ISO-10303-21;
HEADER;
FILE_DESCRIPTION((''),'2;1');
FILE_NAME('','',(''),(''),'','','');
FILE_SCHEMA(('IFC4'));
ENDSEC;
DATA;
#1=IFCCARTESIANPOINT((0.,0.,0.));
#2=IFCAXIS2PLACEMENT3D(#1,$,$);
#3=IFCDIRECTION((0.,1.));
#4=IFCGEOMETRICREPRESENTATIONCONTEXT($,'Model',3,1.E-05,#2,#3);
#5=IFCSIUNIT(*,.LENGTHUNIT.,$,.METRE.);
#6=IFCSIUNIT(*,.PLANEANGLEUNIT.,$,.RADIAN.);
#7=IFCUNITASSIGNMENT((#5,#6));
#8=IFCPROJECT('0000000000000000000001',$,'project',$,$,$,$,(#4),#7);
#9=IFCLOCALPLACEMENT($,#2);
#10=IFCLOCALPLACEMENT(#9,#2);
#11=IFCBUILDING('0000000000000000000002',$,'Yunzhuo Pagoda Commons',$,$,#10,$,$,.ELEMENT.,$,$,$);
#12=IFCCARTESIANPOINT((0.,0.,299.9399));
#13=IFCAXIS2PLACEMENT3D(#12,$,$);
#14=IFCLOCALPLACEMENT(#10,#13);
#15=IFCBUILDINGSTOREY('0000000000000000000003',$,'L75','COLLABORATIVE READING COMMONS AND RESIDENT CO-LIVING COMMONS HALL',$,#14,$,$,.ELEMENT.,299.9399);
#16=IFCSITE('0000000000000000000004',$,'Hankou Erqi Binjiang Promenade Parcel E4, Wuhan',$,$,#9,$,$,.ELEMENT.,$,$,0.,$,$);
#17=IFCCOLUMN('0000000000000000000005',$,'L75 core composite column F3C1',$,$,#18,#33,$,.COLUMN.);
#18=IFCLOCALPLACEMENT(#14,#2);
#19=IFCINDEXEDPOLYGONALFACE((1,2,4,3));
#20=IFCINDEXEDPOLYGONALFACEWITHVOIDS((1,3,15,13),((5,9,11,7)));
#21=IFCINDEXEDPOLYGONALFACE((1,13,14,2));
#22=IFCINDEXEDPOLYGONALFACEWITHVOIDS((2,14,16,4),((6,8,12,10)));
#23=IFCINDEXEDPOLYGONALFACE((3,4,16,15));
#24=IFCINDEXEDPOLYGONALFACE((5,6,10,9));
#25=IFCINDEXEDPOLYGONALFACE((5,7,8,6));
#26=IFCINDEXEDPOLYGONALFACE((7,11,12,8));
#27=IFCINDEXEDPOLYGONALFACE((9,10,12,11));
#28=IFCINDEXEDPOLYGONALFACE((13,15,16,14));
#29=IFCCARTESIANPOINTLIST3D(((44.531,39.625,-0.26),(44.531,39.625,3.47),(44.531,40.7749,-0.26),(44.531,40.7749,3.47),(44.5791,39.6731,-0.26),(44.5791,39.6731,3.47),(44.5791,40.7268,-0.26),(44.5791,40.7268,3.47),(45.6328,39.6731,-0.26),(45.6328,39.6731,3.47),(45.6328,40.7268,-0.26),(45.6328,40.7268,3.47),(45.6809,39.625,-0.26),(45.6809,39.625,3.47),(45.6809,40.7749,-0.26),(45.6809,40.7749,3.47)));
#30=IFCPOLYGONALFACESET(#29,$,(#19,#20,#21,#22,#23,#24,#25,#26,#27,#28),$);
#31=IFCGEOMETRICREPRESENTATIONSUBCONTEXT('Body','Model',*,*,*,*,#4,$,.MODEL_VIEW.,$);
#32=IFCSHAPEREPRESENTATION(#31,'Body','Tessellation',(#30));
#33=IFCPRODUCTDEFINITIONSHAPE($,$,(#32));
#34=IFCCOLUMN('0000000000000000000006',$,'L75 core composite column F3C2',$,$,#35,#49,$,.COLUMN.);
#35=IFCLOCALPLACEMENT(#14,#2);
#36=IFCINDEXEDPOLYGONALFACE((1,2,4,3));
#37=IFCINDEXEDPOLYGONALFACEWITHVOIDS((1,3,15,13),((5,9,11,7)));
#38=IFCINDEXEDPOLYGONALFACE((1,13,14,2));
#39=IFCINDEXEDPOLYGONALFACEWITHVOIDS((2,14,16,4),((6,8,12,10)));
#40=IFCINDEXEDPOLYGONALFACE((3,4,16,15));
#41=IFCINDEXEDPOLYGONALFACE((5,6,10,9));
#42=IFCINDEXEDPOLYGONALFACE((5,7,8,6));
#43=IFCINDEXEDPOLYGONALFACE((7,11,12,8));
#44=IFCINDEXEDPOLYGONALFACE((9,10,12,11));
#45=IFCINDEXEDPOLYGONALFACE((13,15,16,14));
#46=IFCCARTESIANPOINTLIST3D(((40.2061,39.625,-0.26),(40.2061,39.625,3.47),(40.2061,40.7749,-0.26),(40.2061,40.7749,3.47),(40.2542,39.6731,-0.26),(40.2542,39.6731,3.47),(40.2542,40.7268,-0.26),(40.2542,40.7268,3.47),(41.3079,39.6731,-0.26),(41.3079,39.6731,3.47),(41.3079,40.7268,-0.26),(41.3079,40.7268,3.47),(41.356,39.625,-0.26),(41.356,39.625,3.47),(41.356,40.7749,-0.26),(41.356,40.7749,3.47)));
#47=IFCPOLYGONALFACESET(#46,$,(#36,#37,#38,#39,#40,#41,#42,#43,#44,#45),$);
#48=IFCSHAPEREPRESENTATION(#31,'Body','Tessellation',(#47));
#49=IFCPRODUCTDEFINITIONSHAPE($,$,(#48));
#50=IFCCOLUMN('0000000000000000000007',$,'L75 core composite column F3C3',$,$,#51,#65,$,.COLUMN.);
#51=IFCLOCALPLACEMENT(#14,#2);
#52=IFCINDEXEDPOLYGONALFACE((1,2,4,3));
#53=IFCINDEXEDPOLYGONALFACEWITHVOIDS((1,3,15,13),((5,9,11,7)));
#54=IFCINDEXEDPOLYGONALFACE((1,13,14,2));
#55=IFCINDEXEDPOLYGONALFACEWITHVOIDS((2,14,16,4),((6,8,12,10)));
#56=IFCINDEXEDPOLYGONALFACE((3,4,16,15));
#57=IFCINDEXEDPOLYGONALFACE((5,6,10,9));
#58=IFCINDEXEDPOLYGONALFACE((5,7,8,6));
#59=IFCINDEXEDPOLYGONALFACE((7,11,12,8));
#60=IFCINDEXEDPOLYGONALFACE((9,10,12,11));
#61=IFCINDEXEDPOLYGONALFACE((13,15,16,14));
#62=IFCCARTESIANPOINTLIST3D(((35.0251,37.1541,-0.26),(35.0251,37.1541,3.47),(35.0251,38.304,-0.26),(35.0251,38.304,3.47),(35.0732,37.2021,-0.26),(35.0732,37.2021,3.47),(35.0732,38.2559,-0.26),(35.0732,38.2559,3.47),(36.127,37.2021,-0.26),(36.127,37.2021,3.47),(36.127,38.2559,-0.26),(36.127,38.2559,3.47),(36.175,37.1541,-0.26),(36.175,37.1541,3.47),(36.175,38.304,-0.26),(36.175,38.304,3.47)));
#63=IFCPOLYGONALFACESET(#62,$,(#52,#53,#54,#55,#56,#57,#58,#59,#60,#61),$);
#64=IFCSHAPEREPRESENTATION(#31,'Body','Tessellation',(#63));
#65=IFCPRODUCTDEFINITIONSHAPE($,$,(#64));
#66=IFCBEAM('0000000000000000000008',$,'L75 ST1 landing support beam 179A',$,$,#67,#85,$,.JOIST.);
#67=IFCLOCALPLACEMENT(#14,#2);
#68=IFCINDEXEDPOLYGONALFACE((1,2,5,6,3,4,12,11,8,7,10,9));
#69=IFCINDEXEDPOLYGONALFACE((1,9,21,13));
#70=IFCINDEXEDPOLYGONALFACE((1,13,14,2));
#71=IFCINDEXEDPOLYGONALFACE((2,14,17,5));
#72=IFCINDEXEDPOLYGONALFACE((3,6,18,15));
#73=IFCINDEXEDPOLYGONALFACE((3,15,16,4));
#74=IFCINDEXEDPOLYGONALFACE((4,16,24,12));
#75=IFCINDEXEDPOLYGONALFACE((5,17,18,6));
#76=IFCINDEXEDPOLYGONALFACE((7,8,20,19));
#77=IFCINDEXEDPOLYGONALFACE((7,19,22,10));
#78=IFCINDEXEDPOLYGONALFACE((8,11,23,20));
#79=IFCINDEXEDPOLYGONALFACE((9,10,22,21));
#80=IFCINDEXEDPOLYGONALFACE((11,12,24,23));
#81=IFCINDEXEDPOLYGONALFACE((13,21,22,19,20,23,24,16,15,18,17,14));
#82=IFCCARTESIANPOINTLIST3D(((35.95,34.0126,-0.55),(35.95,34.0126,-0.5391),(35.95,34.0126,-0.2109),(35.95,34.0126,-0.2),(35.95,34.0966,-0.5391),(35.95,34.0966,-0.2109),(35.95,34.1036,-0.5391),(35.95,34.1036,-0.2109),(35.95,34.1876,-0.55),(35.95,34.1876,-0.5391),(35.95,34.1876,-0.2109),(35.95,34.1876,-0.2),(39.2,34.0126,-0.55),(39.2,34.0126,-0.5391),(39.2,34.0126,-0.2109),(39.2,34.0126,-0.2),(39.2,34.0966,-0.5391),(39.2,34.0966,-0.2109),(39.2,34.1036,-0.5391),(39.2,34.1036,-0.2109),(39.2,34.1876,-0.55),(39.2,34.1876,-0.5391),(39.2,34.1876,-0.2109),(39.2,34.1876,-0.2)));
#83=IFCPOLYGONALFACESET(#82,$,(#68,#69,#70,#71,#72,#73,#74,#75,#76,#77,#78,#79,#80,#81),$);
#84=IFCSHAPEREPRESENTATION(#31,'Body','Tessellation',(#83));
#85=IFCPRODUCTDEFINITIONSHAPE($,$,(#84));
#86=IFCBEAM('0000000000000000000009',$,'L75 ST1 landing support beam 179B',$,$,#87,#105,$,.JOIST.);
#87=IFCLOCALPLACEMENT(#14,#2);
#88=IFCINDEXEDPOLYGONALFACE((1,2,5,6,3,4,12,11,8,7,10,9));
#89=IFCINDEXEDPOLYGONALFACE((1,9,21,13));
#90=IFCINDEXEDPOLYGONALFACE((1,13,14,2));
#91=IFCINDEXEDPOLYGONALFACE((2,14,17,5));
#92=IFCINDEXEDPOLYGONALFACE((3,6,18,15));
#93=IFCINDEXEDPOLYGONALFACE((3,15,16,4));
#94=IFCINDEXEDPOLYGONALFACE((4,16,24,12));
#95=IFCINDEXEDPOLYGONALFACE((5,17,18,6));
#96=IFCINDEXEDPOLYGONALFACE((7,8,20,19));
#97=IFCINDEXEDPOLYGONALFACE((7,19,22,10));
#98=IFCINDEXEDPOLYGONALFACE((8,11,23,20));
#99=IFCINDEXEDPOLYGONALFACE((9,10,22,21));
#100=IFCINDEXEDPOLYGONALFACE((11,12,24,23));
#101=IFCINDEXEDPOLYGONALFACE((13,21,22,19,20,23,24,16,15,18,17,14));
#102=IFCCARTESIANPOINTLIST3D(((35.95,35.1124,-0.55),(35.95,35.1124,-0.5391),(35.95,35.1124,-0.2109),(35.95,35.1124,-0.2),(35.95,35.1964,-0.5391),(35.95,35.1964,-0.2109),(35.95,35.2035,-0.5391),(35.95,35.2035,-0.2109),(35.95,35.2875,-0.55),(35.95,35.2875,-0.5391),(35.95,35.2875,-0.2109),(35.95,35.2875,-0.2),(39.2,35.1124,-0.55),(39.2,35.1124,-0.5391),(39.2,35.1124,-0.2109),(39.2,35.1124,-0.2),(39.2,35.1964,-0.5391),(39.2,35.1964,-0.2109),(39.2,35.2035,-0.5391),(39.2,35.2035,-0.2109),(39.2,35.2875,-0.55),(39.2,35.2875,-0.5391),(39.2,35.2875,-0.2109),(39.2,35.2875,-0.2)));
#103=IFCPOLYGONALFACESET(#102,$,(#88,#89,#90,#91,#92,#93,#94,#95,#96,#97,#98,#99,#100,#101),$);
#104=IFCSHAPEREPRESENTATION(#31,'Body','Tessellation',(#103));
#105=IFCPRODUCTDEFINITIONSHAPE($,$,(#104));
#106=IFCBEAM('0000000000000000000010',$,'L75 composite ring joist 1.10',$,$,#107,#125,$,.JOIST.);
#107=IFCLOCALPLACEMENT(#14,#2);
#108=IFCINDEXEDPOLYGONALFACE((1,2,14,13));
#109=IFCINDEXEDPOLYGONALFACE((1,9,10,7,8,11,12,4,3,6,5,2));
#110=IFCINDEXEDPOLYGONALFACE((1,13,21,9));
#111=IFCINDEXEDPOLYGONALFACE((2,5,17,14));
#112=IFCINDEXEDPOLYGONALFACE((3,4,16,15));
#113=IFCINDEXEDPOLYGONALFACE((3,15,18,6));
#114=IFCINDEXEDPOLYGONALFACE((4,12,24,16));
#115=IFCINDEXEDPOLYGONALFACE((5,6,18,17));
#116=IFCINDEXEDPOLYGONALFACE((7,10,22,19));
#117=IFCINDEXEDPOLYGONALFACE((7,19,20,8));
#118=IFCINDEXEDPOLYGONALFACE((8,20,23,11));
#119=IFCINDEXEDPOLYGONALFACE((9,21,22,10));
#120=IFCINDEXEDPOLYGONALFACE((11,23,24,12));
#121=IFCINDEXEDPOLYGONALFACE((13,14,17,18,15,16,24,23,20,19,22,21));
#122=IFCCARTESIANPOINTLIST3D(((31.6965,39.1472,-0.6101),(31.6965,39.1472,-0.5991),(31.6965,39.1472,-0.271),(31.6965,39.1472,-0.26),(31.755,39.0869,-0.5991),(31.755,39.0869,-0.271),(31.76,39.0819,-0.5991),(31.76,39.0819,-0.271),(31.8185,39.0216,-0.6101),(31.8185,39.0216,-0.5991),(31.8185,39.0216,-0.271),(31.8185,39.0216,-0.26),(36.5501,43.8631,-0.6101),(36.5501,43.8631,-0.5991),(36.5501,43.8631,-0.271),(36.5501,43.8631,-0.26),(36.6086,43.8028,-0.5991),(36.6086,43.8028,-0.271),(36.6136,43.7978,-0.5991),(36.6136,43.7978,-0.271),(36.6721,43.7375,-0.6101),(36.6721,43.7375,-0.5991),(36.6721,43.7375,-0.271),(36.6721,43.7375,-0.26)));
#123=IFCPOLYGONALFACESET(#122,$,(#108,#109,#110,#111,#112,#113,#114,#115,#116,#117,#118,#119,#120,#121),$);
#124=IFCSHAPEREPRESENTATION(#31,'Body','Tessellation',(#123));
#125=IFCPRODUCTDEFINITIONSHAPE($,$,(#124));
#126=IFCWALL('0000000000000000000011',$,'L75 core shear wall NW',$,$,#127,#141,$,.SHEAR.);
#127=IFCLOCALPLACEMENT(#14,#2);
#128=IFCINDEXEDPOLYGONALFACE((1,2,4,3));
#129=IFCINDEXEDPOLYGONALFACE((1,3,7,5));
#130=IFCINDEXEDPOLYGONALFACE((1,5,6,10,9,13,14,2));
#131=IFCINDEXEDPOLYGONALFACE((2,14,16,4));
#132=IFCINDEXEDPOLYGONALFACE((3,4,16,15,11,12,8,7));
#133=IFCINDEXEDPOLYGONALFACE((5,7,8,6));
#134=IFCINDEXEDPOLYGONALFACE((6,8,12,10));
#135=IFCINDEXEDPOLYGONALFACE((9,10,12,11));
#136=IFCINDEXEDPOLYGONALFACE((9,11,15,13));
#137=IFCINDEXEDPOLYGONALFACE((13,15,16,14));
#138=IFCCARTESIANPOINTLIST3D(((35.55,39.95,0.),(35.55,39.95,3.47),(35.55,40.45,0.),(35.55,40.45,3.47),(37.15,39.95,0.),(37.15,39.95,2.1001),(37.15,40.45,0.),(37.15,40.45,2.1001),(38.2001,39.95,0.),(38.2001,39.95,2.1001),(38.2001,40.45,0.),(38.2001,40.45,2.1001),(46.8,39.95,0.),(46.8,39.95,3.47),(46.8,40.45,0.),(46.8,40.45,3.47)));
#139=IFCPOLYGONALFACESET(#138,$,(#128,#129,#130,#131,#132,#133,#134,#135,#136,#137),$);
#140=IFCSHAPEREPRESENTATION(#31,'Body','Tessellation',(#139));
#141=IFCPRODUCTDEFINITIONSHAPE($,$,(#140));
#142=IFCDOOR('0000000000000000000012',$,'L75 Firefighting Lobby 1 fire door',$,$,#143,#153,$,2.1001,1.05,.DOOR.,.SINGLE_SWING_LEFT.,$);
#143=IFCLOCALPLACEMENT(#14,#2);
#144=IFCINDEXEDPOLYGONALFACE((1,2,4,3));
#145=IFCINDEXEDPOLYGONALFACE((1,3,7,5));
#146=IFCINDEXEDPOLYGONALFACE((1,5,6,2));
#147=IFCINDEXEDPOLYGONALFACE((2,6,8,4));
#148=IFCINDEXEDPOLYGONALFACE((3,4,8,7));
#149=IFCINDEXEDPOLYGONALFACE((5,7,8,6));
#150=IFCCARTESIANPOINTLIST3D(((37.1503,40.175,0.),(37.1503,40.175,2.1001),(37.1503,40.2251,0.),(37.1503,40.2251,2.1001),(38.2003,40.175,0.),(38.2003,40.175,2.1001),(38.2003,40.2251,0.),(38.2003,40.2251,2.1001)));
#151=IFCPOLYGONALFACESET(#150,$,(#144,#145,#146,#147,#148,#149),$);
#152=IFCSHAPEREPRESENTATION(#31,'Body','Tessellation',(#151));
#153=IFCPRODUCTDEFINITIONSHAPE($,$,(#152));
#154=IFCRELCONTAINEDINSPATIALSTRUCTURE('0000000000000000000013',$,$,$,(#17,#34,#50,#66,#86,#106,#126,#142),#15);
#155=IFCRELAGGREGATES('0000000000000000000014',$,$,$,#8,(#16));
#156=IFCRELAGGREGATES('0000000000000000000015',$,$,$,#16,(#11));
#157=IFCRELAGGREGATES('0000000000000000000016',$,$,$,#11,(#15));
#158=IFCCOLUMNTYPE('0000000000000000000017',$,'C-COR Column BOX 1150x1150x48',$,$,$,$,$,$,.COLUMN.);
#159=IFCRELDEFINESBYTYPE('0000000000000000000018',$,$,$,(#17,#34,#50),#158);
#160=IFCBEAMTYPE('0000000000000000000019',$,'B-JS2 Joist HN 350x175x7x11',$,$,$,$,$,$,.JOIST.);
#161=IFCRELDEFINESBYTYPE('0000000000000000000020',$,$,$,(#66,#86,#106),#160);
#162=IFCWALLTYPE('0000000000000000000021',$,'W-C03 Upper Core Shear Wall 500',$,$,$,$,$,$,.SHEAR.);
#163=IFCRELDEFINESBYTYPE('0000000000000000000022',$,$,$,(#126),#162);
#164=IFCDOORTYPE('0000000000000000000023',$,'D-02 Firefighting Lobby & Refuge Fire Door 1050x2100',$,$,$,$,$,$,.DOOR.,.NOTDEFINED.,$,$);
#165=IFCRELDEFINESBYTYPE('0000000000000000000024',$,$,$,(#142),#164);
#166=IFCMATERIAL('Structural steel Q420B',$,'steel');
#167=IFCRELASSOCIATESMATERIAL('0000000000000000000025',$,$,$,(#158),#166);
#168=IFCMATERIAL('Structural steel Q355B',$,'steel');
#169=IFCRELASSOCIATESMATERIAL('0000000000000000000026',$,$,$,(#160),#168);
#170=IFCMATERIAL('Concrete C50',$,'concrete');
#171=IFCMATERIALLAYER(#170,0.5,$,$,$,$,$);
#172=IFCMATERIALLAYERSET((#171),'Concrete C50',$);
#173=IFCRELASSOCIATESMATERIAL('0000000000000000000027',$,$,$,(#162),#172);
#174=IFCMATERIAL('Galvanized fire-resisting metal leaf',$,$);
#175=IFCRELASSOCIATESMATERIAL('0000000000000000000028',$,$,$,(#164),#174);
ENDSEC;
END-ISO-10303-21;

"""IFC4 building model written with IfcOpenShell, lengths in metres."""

from ifc_helpers import new_model, si_unit, direction, frame, frame_2d, origin, origin_2d, place, context, subcontext, project, spatial, rectangle, hollow_rectangle, i_section, extrude, source, transform, mapped, material, layer, layer_set, material_profile, profile_set, type_object, element, fill, save


model = new_model("IFC4")

# Units and contexts
model_context = context("Model", 3, precision=1e-05, world=origin(), true_north=direction((0.0, 1.0)))
body_context = subcontext(model_context, "Body", "Model", "MODEL_VIEW")
ifc_project = project(units=[si_unit("LENGTHUNIT", "METRE"), si_unit("PLANEANGLEUNIT", "RADIAN")], contexts=[model_context])

# Site, building, storey
site_placement = place(None, origin())
site = spatial("IfcSite", under=ifc_project, at=site_placement, Name="Hankou Erqi Binjiang Promenade Parcel E4, Wuhan", CompositionType="ELEMENT", RefElevation=0.0)
building_placement = place(site_placement, origin())
building = spatial("IfcBuilding", under=site, at=building_placement, Name="Yunzhuo Pagoda Commons", CompositionType="ELEMENT")
storey_placement = place(building_placement, frame((0.0, 0.0, 299.9399)))
storey = spatial("IfcBuildingStorey", under=building, at=storey_placement, Name="L75", Description="COLLABORATIVE READING COMMONS AND RESIDENT CO-LIVING COMMONS HALL", CompositionType="ELEMENT", Elevation=299.9399)

# Columns
ifc_material_1 = material(Name="Structural steel Q420B", Category="steel")
ifc_material_profile_1 = material_profile(ifc_material_1, hollow_rectangle(XDim=1.1499, YDim=1.1499, WallThickness=0.0481, at=origin_2d()), Name="Structural steel Q420B")
ifc_profile_set_1 = profile_set([ifc_material_profile_1], Name="Structural steel Q420B")
column_type = type_object("IfcColumnType", Name="C-COR Column BOX 1150x1150x48", PredefinedType="COLUMN", material=ifc_profile_set_1)
shared_shape_1 = source(origin(), body_context, "Body", "SweptSolid", [
    extrude(hollow_rectangle(XDim=1.1499, YDim=1.1499, WallThickness=0.0481, at=origin_2d()), origin(), (0.0, 0.0, 1.0), 3.73),
])
for number, where, z_axis, x_axis, name in (
    (1, (45.106, 40.2, -0.26), (0.0, 0.0, 1.0), (1.0, 0.0, 0.0), "L75 core composite column F3C1"),
    (2, (40.781, 40.2, -0.26), (0.0, 0.0, 1.0), (1.0, 0.0, 0.0), "L75 core composite column F3C2"),
    (3, (35.6001, 37.729, -0.26), (0.0, 0.0, 1.0), (1.0, 0.0, 0.0), "L75 core composite column F3C3"),
):
    element("IfcColumn", number, at=place(storey_placement, frame(where, z_axis=z_axis, x_axis=x_axis)), inside=storey, type_object=column_type, Name=name, PredefinedType="COLUMN", context=body_context, shape_type="MappedRepresentation", body=[
        mapped(shared_shape_1, transform((0.0, 0.0, 0.0), scale=1.0)),
    ])

# Beams
ifc_material_2 = material(Name="Structural steel Q355B", Category="steel")
ifc_material_profile_2 = material_profile(ifc_material_2, i_section(OverallWidth=0.175, OverallDepth=0.3501, WebThickness=0.0071, FlangeThickness=0.011, at=origin_2d()), Name="Structural steel Q355B")
ifc_profile_set_2 = profile_set([ifc_material_profile_2], Name="Structural steel Q355B")
beam_type = type_object("IfcBeamType", Name="B-JS2 Joist HN 350x175x7x11", PredefinedType="JOIST", material=ifc_profile_set_2)
shared_shape_2 = source(origin(), body_context, "Body", "SweptSolid", [
    extrude(i_section(OverallWidth=0.175, OverallDepth=0.3501, WebThickness=0.0071, FlangeThickness=0.011, at=origin_2d()), origin(), (0.0, 0.0, 1.0), 3.25),
])
for number, where, z_axis, x_axis, name in (
    (4, (35.95, 34.1001, -0.375), (1.0, 0.0, 0.0), (0.0, 1.0, 0.0), "L75 ST1 landing support beam 179A"),
    (5, (35.95, 35.2, -0.375), (1.0, 0.0, 0.0), (0.0, 1.0, 0.0), "L75 ST1 landing support beam 179B"),
):
    element("IfcBeam", number, at=place(storey_placement, frame(where, z_axis=z_axis, x_axis=x_axis)), inside=storey, type_object=beam_type, Name=name, PredefinedType="JOIST", context=body_context, shape_type="MappedRepresentation", body=[
        mapped(shared_shape_2, transform((0.0, 0.0, 0.0), scale=1.0)),
    ])
shared_shape_3 = source(origin(), body_context, "Body", "SweptSolid", [
    extrude(i_section(OverallWidth=0.175, OverallDepth=0.3501, WebThickness=0.0071, FlangeThickness=0.011, at=origin_2d()), origin(), (0.0, 0.0, 1.0), 6.7673),
])
beam_placement = place(storey_placement, frame((36.6111, 43.8003, -0.4351), z_axis=(-0.717207, -0.69686, 0.0), x_axis=(0.69686, -0.717207, 0.0)))
element("IfcBeam", 6, at=beam_placement, inside=storey, type_object=beam_type, Name="L75 composite ring joist 1.10", PredefinedType="JOIST", context=body_context, shape_type="MappedRepresentation", body=[
    mapped(shared_shape_3, transform((0.0, 0.0, 0.0), scale=1.0)),
])

# Wall, opening, door
ifc_material_3 = material(Name="Concrete C50", Category="concrete")
ifc_layer_1 = layer(ifc_material_3, 0.5)
ifc_layer_set_1 = layer_set([ifc_layer_1], Name="Concrete C50")
wall_type_1 = type_object("IfcWallType", Name="W-C03 Upper Core Shear Wall 500", PredefinedType="SHEAR", material=ifc_layer_set_1)
wall_1_placement = place(storey_placement, frame((35.55, 40.2, 0.0), z_axis=(0.0, 0.0, 1.0), x_axis=(1.0, 0.0, 0.0)))
wall_1 = element("IfcWall", 7, at=wall_1_placement, inside=storey, type_object=wall_type_1, Name="L75 core shear wall NW", PredefinedType="SHEAR", context=body_context, shape_type="SweptSolid", body=[
    extrude(rectangle(XDim=11.25, YDim=0.5, at=frame_2d((5.625, 0.0))), origin(), (0.0, 0.0, 1.0), 3.47),
])
opening_1_placement = place(wall_1_placement, frame((1.6001, 0.0, 0.0)))
opening_1 = element("IfcOpeningElement", 8, at=opening_1_placement, cuts=wall_1, PredefinedType="OPENING", context=body_context, shape_type="SweptSolid", body=[
    extrude(rectangle(XDim=1.05, YDim=2.1001, at=frame_2d((0.5249, 1.05))), frame((0.0, 0.26, 0.0), z_axis=(0.0, -1.0, 0.0), x_axis=(1.0, 0.0, 0.0)), (0.0, 0.0, 1.0), 0.52),
])
ifc_material_4 = material(Name="Galvanized fire-resisting metal leaf")
door_type_1 = type_object("IfcDoorType", Name="D-02 Firefighting Lobby & Refuge Fire Door 1050x2100", OperationType="NOTDEFINED", PredefinedType="DOOR", material=ifc_material_4)
shared_shape_4 = source(origin(), body_context, "Body", "SweptSolid", [
    extrude(rectangle(XDim=1.05, YDim=2.1001, at=frame_2d((0.5249, 1.05))), frame((0.0, 0.0249, 0.0), z_axis=(0.0, -1.0, 0.0), x_axis=(1.0, 0.0, 0.0)), (0.0, 0.0, 1.0), 0.05),
])
door_1_placement = place(opening_1_placement, frame((1.05, 0.0, 0.0), z_axis=(0.0, 0.0, 1.0), x_axis=(-1.0, 0.0, 0.0)))
door_1 = element("IfcDoor", 9, at=door_1_placement, inside=storey, type_object=door_type_1, Name="L75 Firefighting Lobby 1 fire door", OperationType="SINGLE_SWING_LEFT", OverallHeight=2.1001, OverallWidth=1.05, PredefinedType="DOOR", context=body_context, shape_type="MappedRepresentation", body=[
    mapped(shared_shape_4, transform((0.0, 0.0, 0.0), scale=1.0)),
])
fill(opening_1, door_1)

save(model, "model.ifc")
